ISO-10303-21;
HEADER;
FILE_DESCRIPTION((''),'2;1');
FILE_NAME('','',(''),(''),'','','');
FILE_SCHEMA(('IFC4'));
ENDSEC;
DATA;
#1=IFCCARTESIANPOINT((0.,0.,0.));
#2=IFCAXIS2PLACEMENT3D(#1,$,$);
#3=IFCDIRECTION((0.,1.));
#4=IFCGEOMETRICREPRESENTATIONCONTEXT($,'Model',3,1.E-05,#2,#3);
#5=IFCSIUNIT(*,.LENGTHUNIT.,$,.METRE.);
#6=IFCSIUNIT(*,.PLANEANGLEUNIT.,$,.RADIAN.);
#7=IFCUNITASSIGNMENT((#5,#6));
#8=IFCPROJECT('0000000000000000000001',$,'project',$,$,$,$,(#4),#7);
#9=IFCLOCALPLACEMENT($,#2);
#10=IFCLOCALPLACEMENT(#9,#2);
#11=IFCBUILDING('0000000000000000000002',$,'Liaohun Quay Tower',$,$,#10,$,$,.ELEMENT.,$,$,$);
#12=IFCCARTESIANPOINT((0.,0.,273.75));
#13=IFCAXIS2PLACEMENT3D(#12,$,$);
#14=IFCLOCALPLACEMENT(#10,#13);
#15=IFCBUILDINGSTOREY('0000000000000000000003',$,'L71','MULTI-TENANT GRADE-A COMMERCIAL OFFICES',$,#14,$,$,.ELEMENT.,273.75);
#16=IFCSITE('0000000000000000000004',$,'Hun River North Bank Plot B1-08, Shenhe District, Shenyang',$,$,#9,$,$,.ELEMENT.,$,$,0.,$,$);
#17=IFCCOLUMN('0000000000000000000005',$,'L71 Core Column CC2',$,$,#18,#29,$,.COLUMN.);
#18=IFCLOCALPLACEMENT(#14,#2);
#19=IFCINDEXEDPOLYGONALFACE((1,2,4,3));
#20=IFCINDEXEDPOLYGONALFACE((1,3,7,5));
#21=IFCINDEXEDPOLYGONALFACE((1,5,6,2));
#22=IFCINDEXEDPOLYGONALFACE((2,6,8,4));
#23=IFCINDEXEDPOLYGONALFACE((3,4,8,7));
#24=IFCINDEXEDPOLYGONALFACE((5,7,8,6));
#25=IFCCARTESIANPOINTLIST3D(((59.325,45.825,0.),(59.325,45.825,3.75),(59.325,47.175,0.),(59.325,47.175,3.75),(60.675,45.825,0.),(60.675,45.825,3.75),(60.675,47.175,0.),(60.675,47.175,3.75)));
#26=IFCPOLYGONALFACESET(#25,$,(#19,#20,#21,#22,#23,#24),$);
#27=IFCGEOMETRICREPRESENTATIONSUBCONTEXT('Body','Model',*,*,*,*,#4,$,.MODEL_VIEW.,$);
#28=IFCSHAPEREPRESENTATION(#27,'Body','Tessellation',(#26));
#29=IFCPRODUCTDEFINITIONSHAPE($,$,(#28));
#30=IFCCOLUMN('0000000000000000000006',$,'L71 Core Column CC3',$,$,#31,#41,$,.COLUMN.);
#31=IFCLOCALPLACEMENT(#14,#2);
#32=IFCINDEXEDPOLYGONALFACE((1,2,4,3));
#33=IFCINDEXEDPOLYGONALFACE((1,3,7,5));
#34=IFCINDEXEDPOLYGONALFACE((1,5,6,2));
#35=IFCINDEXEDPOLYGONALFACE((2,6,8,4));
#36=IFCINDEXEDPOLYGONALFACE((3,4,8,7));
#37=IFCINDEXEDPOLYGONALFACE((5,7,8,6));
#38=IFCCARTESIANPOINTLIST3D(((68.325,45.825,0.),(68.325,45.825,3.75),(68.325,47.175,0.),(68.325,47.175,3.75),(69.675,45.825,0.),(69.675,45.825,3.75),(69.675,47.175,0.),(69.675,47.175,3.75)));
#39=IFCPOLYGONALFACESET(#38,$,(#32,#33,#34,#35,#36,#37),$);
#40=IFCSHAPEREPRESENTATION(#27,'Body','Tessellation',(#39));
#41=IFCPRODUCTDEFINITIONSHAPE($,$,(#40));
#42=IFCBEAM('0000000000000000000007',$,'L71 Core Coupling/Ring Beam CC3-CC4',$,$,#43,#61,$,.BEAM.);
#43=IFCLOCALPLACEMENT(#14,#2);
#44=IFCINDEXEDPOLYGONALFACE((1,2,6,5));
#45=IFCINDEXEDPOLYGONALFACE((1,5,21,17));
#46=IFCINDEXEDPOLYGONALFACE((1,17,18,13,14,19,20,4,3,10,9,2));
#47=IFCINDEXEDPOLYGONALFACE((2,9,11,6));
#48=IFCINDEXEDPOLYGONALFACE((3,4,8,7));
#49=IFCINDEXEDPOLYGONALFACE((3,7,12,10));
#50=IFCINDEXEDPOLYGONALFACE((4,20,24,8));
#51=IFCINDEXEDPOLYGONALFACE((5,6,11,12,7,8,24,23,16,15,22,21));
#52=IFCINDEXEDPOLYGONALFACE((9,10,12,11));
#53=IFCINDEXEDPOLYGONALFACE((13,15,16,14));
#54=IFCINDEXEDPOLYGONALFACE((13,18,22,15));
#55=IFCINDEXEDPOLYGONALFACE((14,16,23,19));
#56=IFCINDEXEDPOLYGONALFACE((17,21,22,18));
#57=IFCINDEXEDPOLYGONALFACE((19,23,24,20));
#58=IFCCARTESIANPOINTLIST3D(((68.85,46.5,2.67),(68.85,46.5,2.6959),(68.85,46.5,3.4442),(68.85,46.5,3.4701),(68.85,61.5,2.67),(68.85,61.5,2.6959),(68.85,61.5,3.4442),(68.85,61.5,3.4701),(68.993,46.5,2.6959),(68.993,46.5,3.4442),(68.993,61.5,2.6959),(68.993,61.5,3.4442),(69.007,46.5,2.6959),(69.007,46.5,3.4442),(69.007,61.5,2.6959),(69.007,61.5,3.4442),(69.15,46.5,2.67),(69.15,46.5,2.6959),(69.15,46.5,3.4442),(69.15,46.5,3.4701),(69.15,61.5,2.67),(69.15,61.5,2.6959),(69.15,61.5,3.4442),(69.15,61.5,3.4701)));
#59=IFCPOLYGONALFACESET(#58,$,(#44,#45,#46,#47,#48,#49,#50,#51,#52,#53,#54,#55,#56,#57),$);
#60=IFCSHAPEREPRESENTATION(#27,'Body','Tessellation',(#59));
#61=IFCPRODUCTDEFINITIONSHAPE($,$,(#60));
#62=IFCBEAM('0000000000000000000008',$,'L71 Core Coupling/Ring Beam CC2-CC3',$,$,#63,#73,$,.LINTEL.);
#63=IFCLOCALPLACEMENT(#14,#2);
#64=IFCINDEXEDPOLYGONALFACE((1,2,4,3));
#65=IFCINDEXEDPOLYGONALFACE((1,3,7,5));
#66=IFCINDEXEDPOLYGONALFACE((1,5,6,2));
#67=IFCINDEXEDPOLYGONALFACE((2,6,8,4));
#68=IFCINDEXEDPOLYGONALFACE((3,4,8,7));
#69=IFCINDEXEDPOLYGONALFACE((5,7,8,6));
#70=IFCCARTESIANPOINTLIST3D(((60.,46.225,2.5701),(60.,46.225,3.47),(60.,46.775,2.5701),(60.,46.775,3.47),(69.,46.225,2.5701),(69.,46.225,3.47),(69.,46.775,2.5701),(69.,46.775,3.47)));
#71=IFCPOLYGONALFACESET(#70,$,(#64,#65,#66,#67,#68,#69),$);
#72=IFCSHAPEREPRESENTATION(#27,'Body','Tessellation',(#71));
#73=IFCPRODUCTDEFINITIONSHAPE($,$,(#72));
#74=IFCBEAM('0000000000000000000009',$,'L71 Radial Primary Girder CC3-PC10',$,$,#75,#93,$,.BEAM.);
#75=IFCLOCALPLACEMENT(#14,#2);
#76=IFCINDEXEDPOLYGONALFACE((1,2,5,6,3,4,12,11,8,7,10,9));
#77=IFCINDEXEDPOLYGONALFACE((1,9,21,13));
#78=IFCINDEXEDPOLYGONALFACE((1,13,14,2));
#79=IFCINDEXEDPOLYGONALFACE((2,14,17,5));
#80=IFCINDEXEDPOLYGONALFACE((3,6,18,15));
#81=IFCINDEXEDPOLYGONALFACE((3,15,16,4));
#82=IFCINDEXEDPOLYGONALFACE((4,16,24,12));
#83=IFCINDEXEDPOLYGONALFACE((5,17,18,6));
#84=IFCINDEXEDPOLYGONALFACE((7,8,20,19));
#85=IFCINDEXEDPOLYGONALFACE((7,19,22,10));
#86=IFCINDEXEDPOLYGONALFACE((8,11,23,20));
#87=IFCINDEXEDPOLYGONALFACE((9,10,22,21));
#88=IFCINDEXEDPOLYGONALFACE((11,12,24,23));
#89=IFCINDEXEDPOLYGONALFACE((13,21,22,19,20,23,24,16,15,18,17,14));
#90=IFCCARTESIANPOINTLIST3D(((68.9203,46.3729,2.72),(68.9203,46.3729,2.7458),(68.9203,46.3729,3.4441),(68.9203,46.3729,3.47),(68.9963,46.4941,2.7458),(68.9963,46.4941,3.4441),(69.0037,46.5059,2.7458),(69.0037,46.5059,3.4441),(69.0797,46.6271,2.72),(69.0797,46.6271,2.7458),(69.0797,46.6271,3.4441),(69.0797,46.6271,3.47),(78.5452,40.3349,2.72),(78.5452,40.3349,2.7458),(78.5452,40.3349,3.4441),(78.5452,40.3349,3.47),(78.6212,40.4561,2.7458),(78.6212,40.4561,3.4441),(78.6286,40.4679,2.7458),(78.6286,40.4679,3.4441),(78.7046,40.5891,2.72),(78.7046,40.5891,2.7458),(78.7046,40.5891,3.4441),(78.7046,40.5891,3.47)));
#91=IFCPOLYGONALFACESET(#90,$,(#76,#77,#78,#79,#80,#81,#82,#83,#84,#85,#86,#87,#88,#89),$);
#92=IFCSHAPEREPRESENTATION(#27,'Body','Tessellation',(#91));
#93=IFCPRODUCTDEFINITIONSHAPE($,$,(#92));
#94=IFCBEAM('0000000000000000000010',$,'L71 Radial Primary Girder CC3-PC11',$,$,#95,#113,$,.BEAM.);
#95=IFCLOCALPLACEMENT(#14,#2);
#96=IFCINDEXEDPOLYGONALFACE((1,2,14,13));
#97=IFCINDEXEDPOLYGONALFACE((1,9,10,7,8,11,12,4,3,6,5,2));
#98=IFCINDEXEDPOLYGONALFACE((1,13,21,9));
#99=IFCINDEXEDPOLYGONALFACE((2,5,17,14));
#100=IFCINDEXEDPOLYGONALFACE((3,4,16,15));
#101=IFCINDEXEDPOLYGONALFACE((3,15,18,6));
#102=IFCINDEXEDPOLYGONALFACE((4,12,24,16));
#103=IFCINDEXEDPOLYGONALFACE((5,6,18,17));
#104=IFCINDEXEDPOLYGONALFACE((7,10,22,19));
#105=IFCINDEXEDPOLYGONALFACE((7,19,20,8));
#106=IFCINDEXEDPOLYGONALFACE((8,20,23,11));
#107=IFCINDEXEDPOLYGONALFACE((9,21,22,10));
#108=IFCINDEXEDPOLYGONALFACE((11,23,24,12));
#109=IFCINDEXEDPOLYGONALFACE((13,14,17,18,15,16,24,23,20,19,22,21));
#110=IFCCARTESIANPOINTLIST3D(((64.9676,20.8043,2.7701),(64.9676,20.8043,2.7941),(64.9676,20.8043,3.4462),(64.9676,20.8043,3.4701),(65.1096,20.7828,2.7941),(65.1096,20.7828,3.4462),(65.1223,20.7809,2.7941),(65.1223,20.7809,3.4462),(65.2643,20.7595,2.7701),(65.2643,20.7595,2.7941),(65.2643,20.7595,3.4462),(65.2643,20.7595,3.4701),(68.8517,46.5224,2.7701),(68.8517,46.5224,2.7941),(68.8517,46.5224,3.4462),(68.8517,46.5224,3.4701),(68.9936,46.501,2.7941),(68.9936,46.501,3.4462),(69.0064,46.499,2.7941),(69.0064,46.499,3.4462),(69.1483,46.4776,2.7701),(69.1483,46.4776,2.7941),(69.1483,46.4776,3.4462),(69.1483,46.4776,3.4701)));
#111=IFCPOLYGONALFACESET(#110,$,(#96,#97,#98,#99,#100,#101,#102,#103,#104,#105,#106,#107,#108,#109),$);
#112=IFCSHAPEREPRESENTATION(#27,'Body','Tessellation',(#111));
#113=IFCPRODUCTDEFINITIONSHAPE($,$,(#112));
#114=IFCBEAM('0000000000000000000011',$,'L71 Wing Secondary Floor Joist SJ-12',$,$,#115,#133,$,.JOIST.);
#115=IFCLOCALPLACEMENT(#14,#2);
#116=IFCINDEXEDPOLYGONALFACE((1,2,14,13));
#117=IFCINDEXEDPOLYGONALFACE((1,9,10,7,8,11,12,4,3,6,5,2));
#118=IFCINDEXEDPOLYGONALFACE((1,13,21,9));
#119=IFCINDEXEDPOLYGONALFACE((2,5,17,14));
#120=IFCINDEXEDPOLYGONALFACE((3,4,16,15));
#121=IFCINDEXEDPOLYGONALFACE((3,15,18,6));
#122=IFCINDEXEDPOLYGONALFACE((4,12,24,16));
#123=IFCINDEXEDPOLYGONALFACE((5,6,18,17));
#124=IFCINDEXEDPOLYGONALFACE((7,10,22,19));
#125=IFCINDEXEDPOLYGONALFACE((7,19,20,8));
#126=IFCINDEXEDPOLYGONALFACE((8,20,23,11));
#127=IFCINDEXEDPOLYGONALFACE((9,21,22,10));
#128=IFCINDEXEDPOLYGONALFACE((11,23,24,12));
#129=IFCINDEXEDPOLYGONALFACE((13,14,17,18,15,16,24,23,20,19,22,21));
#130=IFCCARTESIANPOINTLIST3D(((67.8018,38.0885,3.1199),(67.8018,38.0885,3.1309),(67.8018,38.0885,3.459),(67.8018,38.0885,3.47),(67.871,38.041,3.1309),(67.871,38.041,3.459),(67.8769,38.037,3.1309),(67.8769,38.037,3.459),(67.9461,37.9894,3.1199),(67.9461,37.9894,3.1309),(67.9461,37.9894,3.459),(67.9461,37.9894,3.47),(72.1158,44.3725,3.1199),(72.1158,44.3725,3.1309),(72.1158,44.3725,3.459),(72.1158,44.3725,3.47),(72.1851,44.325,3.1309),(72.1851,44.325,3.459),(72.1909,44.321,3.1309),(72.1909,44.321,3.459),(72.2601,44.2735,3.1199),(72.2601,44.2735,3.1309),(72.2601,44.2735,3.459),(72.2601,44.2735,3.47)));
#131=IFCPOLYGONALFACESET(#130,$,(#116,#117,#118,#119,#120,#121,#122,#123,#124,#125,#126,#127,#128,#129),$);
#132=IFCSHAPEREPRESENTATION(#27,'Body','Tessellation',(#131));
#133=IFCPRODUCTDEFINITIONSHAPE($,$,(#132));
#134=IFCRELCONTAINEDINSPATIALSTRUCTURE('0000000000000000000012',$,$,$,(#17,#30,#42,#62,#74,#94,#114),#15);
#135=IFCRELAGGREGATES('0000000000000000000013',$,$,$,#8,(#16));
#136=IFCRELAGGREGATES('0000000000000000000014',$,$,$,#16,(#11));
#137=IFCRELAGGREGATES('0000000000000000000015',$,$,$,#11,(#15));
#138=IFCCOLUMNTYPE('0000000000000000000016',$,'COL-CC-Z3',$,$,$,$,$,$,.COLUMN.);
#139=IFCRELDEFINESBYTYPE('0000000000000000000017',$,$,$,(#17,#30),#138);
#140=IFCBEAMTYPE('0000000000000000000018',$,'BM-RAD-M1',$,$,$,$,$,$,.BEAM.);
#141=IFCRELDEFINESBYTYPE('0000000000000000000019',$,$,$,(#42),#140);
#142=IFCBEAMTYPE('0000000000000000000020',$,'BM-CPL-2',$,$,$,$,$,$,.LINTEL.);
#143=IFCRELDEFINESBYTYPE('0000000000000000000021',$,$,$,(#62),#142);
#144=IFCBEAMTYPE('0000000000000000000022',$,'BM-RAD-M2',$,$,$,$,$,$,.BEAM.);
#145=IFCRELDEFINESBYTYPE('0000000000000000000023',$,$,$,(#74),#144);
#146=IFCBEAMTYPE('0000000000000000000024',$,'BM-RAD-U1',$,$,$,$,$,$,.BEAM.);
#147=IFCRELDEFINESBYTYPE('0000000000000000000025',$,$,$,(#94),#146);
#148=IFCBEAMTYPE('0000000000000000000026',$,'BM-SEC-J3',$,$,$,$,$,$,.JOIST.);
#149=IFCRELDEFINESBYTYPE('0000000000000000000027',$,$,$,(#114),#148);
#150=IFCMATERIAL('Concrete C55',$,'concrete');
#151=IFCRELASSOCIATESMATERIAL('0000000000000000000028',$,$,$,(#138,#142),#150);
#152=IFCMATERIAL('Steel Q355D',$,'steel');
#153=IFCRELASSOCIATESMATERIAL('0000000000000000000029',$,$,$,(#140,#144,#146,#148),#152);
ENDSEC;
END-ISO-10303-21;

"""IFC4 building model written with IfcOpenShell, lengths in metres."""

from ifc_helpers import new_model, si_unit, direction, frame, origin, origin_2d, place, context, subcontext, project, spatial, rectangle, i_section, extrude, source, transform, mapped, material, material_profile, profile_set, type_object, element, save


model = new_model("IFC4")

# Units and contexts
model_context = context("Model", 3, precision=1e-05, world=origin(), true_north=direction((0.0, 1.0)))
body_context = subcontext(model_context, "Body", "Model", "MODEL_VIEW")
ifc_project = project(units=[si_unit("LENGTHUNIT", "METRE"), si_unit("PLANEANGLEUNIT", "RADIAN")], contexts=[model_context])

# Site, building, storey
site_placement = place(None, origin())
site = spatial("IfcSite", under=ifc_project, at=site_placement, Name="Hun River North Bank Plot B1-08, Shenhe District, Shenyang", CompositionType="ELEMENT", RefElevation=0.0)
building_placement = place(site_placement, origin())
building = spatial("IfcBuilding", under=site, at=building_placement, Name="Liaohun Quay Tower", CompositionType="ELEMENT")
storey_placement = place(building_placement, frame((0.0, 0.0, 273.75)))
storey = spatial("IfcBuildingStorey", under=building, at=storey_placement, Name="L71", Description="MULTI-TENANT GRADE-A COMMERCIAL OFFICES", CompositionType="ELEMENT", Elevation=273.75)

# Columns
ifc_material_1 = material(Name="Concrete C55", Category="concrete")
ifc_material_profile_1 = material_profile(ifc_material_1, rectangle(XDim=1.3501, YDim=1.3501, at=origin_2d()), Name="RC1350x1350")
ifc_profile_set_1 = profile_set([ifc_material_profile_1], Name="Concrete C55")
column_type = type_object("IfcColumnType", Name="COL-CC-Z3", PredefinedType="COLUMN", material=ifc_profile_set_1)
shared_shape_1 = source(origin(), body_context, "Body", "SweptSolid", [
    extrude(rectangle(XDim=1.3501, YDim=1.3501, at=origin_2d()), origin(), (0.0, 0.0, 1.0), 3.75),
])
for number, where, z_axis, x_axis, name in (
    (1, (60.0, 46.5, 0.0), (0.0, 0.0, 1.0), (1.0, 0.0, 0.0), "L71 Core Column CC2"),
    (2, (69.0, 46.5, 0.0), (0.0, 0.0, 1.0), (1.0, 0.0, 0.0), "L71 Core Column CC3"),
):
    element("IfcColumn", number, at=place(storey_placement, frame(where, z_axis=z_axis, x_axis=x_axis)), inside=storey, type_object=column_type, Name=name, PredefinedType="COLUMN", context=body_context, shape_type="MappedRepresentation", body=[
        mapped(shared_shape_1, transform((0.0, 0.0, 0.0), x_axis=(1.0, 0.0, 0.0), y_axis=(0.0, 1.0, 0.0), z_axis=(0.0, 0.0, 1.0), scale=1.0)),
    ])

# Beams
ifc_material_2 = material(Name="Steel Q355D", Category="steel")
ifc_material_profile_2 = material_profile(ifc_material_2, i_section(OverallWidth=0.3, OverallDepth=0.8, WebThickness=0.0139, FlangeThickness=0.0259, at=origin_2d()), Name="HN800x300x14x26")
ifc_profile_set_2 = profile_set([ifc_material_profile_2], Name="Steel Q355D")
beam_type_1 = type_object("IfcBeamType", Name="BM-RAD-M1", PredefinedType="BEAM", material=ifc_profile_set_2)
shared_shape_2 = source(origin(), body_context, "Body", "SweptSolid", [
    extrude(i_section(OverallWidth=0.3, OverallDepth=0.8, WebThickness=0.0139, FlangeThickness=0.0259, at=origin_2d()), origin(), (0.0, 0.0, 1.0), 15.0),
])
beam_1_placement = place(storey_placement, frame((69.0, 46.5, 3.0701), z_axis=(0.0, 1.0, 0.0), x_axis=(-1.0, 0.0, 0.0)))
element("IfcBeam", 3, at=beam_1_placement, inside=storey, type_object=beam_type_1, Name="L71 Core Coupling/Ring Beam CC3-CC4", PredefinedType="BEAM", context=body_context, shape_type="MappedRepresentation", body=[
    mapped(shared_shape_2, transform((0.0, 0.0, 0.0), x_axis=(1.0, 0.0, 0.0), y_axis=(0.0, 1.0, 0.0), z_axis=(0.0, 0.0, 1.0), scale=1.0)),
])
ifc_material_profile_3 = material_profile(ifc_material_1, rectangle(XDim=0.55, YDim=0.8999, at=origin_2d()), Name="RC550x900")
ifc_profile_set_3 = profile_set([ifc_material_profile_3], Name="Concrete C55")
beam_type_2 = type_object("IfcBeamType", Name="BM-CPL-2", PredefinedType="LINTEL", material=ifc_profile_set_3)
shared_shape_3 = source(origin(), body_context, "Body", "SweptSolid", [
    extrude(rectangle(XDim=0.55, YDim=0.8999, at=origin_2d()), origin(), (0.0, 0.0, 1.0), 9.0),
])
beam_2_placement = place(storey_placement, frame((60.0, 46.5, 3.02), z_axis=(1.0, 0.0, 0.0), x_axis=(0.0, 1.0, 0.0)))
element("IfcBeam", 4, at=beam_2_placement, inside=storey, type_object=beam_type_2, Name="L71 Core Coupling/Ring Beam CC2-CC3", PredefinedType="LINTEL", context=body_context, shape_type="MappedRepresentation", body=[
    mapped(shared_shape_3, transform((0.0, 0.0, 0.0), x_axis=(1.0, 0.0, 0.0), y_axis=(0.0, 1.0, 0.0), z_axis=(0.0, 0.0, 1.0), scale=1.0)),
])
ifc_material_profile_4 = material_profile(ifc_material_2, i_section(OverallWidth=0.3, OverallDepth=0.75, WebThickness=0.0139, FlangeThickness=0.0259, at=origin_2d()), Name="HN750x300x14x26")
ifc_profile_set_4 = profile_set([ifc_material_profile_4], Name="Steel Q355D")
beam_type_3 = type_object("IfcBeamType", Name="BM-RAD-M2", PredefinedType="BEAM", material=ifc_profile_set_4)
shared_shape_4 = source(origin(), body_context, "Body", "SweptSolid", [
    extrude(i_section(OverallWidth=0.3, OverallDepth=0.75, WebThickness=0.0139, FlangeThickness=0.0259, at=origin_2d()), origin(), (0.0, 0.0, 1.0), 11.3621),
])
beam_3_placement = place(storey_placement, frame((69.0, 46.5, 3.095), z_axis=(0.847109, -0.53142, 0.0), x_axis=(0.53142, 0.847109, 0.0)))
element("IfcBeam", 5, at=beam_3_placement, inside=storey, type_object=beam_type_3, Name="L71 Radial Primary Girder CC3-PC10", PredefinedType="BEAM", context=body_context, shape_type="MappedRepresentation", body=[
    mapped(shared_shape_4, transform((0.0, 0.0, 0.0), x_axis=(1.0, 0.0, 0.0), y_axis=(0.0, 1.0, 0.0), z_axis=(0.0, 0.0, 1.0), scale=1.0)),
])
ifc_material_profile_5 = material_profile(ifc_material_2, i_section(OverallWidth=0.3, OverallDepth=0.7, WebThickness=0.0129, FlangeThickness=0.0239, at=origin_2d()), Name="HN700x300x13x24")
ifc_profile_set_5 = profile_set([ifc_material_profile_5], Name="Steel Q355D")
beam_type_4 = type_object("IfcBeamType", Name="BM-RAD-U1", PredefinedType="BEAM", material=ifc_profile_set_5)
shared_shape_5 = source(origin(), body_context, "Body", "SweptSolid", [
    extrude(i_section(OverallWidth=0.3, OverallDepth=0.7, WebThickness=0.0129, FlangeThickness=0.0239, at=origin_2d()), origin(), (0.0, 0.0, 1.0), 26.0098),
])
beam_4_placement = place(storey_placement, frame((69.0, 46.5, 3.1201), z_axis=(-0.14933, -0.988787, 0.0), x_axis=(0.988787, -0.14933, 0.0)))
element("IfcBeam", 6, at=beam_4_placement, inside=storey, type_object=beam_type_4, Name="L71 Radial Primary Girder CC3-PC11", PredefinedType="BEAM", context=body_context, shape_type="MappedRepresentation", body=[
    mapped(shared_shape_5, transform((0.0, 0.0, 0.0), x_axis=(1.0, 0.0, 0.0), y_axis=(0.0, 1.0, 0.0), z_axis=(0.0, 0.0, 1.0), scale=1.0)),
])
ifc_material_profile_6 = material_profile(ifc_material_2, i_section(OverallWidth=0.175, OverallDepth=0.3501, WebThickness=0.0071, FlangeThickness=0.011, at=origin_2d()), Name="HN350x175x7x11")
ifc_profile_set_6 = profile_set([ifc_material_profile_6], Name="Steel Q355D")
beam_type_5 = type_object("IfcBeamType", Name="BM-SEC-J3", PredefinedType="JOIST", material=ifc_profile_set_6)
shared_shape_6 = source(origin(), body_context, "Body", "SweptSolid", [
    extrude(i_section(OverallWidth=0.175, OverallDepth=0.3501, WebThickness=0.0071, FlangeThickness=0.011, at=origin_2d()), origin(), (0.0, 0.0, 1.0), 7.6223),
])
beam_5_placement = place(storey_placement, frame((72.188, 44.323, 3.2949), z_axis=(-0.565973, -0.824424, 0.0), x_axis=(0.824424, -0.565973, 0.0)))
element("IfcBeam", 7, at=beam_5_placement, inside=storey, type_object=beam_type_5, Name="L71 Wing Secondary Floor Joist SJ-12", PredefinedType="JOIST", context=body_context, shape_type="MappedRepresentation", body=[
    mapped(shared_shape_6, transform((0.0, 0.0, 0.0), x_axis=(1.0, 0.0, 0.0), y_axis=(0.0, 1.0, 0.0), z_axis=(0.0, 0.0, 1.0), scale=1.0)),
])

save(model, "model.ifc")
